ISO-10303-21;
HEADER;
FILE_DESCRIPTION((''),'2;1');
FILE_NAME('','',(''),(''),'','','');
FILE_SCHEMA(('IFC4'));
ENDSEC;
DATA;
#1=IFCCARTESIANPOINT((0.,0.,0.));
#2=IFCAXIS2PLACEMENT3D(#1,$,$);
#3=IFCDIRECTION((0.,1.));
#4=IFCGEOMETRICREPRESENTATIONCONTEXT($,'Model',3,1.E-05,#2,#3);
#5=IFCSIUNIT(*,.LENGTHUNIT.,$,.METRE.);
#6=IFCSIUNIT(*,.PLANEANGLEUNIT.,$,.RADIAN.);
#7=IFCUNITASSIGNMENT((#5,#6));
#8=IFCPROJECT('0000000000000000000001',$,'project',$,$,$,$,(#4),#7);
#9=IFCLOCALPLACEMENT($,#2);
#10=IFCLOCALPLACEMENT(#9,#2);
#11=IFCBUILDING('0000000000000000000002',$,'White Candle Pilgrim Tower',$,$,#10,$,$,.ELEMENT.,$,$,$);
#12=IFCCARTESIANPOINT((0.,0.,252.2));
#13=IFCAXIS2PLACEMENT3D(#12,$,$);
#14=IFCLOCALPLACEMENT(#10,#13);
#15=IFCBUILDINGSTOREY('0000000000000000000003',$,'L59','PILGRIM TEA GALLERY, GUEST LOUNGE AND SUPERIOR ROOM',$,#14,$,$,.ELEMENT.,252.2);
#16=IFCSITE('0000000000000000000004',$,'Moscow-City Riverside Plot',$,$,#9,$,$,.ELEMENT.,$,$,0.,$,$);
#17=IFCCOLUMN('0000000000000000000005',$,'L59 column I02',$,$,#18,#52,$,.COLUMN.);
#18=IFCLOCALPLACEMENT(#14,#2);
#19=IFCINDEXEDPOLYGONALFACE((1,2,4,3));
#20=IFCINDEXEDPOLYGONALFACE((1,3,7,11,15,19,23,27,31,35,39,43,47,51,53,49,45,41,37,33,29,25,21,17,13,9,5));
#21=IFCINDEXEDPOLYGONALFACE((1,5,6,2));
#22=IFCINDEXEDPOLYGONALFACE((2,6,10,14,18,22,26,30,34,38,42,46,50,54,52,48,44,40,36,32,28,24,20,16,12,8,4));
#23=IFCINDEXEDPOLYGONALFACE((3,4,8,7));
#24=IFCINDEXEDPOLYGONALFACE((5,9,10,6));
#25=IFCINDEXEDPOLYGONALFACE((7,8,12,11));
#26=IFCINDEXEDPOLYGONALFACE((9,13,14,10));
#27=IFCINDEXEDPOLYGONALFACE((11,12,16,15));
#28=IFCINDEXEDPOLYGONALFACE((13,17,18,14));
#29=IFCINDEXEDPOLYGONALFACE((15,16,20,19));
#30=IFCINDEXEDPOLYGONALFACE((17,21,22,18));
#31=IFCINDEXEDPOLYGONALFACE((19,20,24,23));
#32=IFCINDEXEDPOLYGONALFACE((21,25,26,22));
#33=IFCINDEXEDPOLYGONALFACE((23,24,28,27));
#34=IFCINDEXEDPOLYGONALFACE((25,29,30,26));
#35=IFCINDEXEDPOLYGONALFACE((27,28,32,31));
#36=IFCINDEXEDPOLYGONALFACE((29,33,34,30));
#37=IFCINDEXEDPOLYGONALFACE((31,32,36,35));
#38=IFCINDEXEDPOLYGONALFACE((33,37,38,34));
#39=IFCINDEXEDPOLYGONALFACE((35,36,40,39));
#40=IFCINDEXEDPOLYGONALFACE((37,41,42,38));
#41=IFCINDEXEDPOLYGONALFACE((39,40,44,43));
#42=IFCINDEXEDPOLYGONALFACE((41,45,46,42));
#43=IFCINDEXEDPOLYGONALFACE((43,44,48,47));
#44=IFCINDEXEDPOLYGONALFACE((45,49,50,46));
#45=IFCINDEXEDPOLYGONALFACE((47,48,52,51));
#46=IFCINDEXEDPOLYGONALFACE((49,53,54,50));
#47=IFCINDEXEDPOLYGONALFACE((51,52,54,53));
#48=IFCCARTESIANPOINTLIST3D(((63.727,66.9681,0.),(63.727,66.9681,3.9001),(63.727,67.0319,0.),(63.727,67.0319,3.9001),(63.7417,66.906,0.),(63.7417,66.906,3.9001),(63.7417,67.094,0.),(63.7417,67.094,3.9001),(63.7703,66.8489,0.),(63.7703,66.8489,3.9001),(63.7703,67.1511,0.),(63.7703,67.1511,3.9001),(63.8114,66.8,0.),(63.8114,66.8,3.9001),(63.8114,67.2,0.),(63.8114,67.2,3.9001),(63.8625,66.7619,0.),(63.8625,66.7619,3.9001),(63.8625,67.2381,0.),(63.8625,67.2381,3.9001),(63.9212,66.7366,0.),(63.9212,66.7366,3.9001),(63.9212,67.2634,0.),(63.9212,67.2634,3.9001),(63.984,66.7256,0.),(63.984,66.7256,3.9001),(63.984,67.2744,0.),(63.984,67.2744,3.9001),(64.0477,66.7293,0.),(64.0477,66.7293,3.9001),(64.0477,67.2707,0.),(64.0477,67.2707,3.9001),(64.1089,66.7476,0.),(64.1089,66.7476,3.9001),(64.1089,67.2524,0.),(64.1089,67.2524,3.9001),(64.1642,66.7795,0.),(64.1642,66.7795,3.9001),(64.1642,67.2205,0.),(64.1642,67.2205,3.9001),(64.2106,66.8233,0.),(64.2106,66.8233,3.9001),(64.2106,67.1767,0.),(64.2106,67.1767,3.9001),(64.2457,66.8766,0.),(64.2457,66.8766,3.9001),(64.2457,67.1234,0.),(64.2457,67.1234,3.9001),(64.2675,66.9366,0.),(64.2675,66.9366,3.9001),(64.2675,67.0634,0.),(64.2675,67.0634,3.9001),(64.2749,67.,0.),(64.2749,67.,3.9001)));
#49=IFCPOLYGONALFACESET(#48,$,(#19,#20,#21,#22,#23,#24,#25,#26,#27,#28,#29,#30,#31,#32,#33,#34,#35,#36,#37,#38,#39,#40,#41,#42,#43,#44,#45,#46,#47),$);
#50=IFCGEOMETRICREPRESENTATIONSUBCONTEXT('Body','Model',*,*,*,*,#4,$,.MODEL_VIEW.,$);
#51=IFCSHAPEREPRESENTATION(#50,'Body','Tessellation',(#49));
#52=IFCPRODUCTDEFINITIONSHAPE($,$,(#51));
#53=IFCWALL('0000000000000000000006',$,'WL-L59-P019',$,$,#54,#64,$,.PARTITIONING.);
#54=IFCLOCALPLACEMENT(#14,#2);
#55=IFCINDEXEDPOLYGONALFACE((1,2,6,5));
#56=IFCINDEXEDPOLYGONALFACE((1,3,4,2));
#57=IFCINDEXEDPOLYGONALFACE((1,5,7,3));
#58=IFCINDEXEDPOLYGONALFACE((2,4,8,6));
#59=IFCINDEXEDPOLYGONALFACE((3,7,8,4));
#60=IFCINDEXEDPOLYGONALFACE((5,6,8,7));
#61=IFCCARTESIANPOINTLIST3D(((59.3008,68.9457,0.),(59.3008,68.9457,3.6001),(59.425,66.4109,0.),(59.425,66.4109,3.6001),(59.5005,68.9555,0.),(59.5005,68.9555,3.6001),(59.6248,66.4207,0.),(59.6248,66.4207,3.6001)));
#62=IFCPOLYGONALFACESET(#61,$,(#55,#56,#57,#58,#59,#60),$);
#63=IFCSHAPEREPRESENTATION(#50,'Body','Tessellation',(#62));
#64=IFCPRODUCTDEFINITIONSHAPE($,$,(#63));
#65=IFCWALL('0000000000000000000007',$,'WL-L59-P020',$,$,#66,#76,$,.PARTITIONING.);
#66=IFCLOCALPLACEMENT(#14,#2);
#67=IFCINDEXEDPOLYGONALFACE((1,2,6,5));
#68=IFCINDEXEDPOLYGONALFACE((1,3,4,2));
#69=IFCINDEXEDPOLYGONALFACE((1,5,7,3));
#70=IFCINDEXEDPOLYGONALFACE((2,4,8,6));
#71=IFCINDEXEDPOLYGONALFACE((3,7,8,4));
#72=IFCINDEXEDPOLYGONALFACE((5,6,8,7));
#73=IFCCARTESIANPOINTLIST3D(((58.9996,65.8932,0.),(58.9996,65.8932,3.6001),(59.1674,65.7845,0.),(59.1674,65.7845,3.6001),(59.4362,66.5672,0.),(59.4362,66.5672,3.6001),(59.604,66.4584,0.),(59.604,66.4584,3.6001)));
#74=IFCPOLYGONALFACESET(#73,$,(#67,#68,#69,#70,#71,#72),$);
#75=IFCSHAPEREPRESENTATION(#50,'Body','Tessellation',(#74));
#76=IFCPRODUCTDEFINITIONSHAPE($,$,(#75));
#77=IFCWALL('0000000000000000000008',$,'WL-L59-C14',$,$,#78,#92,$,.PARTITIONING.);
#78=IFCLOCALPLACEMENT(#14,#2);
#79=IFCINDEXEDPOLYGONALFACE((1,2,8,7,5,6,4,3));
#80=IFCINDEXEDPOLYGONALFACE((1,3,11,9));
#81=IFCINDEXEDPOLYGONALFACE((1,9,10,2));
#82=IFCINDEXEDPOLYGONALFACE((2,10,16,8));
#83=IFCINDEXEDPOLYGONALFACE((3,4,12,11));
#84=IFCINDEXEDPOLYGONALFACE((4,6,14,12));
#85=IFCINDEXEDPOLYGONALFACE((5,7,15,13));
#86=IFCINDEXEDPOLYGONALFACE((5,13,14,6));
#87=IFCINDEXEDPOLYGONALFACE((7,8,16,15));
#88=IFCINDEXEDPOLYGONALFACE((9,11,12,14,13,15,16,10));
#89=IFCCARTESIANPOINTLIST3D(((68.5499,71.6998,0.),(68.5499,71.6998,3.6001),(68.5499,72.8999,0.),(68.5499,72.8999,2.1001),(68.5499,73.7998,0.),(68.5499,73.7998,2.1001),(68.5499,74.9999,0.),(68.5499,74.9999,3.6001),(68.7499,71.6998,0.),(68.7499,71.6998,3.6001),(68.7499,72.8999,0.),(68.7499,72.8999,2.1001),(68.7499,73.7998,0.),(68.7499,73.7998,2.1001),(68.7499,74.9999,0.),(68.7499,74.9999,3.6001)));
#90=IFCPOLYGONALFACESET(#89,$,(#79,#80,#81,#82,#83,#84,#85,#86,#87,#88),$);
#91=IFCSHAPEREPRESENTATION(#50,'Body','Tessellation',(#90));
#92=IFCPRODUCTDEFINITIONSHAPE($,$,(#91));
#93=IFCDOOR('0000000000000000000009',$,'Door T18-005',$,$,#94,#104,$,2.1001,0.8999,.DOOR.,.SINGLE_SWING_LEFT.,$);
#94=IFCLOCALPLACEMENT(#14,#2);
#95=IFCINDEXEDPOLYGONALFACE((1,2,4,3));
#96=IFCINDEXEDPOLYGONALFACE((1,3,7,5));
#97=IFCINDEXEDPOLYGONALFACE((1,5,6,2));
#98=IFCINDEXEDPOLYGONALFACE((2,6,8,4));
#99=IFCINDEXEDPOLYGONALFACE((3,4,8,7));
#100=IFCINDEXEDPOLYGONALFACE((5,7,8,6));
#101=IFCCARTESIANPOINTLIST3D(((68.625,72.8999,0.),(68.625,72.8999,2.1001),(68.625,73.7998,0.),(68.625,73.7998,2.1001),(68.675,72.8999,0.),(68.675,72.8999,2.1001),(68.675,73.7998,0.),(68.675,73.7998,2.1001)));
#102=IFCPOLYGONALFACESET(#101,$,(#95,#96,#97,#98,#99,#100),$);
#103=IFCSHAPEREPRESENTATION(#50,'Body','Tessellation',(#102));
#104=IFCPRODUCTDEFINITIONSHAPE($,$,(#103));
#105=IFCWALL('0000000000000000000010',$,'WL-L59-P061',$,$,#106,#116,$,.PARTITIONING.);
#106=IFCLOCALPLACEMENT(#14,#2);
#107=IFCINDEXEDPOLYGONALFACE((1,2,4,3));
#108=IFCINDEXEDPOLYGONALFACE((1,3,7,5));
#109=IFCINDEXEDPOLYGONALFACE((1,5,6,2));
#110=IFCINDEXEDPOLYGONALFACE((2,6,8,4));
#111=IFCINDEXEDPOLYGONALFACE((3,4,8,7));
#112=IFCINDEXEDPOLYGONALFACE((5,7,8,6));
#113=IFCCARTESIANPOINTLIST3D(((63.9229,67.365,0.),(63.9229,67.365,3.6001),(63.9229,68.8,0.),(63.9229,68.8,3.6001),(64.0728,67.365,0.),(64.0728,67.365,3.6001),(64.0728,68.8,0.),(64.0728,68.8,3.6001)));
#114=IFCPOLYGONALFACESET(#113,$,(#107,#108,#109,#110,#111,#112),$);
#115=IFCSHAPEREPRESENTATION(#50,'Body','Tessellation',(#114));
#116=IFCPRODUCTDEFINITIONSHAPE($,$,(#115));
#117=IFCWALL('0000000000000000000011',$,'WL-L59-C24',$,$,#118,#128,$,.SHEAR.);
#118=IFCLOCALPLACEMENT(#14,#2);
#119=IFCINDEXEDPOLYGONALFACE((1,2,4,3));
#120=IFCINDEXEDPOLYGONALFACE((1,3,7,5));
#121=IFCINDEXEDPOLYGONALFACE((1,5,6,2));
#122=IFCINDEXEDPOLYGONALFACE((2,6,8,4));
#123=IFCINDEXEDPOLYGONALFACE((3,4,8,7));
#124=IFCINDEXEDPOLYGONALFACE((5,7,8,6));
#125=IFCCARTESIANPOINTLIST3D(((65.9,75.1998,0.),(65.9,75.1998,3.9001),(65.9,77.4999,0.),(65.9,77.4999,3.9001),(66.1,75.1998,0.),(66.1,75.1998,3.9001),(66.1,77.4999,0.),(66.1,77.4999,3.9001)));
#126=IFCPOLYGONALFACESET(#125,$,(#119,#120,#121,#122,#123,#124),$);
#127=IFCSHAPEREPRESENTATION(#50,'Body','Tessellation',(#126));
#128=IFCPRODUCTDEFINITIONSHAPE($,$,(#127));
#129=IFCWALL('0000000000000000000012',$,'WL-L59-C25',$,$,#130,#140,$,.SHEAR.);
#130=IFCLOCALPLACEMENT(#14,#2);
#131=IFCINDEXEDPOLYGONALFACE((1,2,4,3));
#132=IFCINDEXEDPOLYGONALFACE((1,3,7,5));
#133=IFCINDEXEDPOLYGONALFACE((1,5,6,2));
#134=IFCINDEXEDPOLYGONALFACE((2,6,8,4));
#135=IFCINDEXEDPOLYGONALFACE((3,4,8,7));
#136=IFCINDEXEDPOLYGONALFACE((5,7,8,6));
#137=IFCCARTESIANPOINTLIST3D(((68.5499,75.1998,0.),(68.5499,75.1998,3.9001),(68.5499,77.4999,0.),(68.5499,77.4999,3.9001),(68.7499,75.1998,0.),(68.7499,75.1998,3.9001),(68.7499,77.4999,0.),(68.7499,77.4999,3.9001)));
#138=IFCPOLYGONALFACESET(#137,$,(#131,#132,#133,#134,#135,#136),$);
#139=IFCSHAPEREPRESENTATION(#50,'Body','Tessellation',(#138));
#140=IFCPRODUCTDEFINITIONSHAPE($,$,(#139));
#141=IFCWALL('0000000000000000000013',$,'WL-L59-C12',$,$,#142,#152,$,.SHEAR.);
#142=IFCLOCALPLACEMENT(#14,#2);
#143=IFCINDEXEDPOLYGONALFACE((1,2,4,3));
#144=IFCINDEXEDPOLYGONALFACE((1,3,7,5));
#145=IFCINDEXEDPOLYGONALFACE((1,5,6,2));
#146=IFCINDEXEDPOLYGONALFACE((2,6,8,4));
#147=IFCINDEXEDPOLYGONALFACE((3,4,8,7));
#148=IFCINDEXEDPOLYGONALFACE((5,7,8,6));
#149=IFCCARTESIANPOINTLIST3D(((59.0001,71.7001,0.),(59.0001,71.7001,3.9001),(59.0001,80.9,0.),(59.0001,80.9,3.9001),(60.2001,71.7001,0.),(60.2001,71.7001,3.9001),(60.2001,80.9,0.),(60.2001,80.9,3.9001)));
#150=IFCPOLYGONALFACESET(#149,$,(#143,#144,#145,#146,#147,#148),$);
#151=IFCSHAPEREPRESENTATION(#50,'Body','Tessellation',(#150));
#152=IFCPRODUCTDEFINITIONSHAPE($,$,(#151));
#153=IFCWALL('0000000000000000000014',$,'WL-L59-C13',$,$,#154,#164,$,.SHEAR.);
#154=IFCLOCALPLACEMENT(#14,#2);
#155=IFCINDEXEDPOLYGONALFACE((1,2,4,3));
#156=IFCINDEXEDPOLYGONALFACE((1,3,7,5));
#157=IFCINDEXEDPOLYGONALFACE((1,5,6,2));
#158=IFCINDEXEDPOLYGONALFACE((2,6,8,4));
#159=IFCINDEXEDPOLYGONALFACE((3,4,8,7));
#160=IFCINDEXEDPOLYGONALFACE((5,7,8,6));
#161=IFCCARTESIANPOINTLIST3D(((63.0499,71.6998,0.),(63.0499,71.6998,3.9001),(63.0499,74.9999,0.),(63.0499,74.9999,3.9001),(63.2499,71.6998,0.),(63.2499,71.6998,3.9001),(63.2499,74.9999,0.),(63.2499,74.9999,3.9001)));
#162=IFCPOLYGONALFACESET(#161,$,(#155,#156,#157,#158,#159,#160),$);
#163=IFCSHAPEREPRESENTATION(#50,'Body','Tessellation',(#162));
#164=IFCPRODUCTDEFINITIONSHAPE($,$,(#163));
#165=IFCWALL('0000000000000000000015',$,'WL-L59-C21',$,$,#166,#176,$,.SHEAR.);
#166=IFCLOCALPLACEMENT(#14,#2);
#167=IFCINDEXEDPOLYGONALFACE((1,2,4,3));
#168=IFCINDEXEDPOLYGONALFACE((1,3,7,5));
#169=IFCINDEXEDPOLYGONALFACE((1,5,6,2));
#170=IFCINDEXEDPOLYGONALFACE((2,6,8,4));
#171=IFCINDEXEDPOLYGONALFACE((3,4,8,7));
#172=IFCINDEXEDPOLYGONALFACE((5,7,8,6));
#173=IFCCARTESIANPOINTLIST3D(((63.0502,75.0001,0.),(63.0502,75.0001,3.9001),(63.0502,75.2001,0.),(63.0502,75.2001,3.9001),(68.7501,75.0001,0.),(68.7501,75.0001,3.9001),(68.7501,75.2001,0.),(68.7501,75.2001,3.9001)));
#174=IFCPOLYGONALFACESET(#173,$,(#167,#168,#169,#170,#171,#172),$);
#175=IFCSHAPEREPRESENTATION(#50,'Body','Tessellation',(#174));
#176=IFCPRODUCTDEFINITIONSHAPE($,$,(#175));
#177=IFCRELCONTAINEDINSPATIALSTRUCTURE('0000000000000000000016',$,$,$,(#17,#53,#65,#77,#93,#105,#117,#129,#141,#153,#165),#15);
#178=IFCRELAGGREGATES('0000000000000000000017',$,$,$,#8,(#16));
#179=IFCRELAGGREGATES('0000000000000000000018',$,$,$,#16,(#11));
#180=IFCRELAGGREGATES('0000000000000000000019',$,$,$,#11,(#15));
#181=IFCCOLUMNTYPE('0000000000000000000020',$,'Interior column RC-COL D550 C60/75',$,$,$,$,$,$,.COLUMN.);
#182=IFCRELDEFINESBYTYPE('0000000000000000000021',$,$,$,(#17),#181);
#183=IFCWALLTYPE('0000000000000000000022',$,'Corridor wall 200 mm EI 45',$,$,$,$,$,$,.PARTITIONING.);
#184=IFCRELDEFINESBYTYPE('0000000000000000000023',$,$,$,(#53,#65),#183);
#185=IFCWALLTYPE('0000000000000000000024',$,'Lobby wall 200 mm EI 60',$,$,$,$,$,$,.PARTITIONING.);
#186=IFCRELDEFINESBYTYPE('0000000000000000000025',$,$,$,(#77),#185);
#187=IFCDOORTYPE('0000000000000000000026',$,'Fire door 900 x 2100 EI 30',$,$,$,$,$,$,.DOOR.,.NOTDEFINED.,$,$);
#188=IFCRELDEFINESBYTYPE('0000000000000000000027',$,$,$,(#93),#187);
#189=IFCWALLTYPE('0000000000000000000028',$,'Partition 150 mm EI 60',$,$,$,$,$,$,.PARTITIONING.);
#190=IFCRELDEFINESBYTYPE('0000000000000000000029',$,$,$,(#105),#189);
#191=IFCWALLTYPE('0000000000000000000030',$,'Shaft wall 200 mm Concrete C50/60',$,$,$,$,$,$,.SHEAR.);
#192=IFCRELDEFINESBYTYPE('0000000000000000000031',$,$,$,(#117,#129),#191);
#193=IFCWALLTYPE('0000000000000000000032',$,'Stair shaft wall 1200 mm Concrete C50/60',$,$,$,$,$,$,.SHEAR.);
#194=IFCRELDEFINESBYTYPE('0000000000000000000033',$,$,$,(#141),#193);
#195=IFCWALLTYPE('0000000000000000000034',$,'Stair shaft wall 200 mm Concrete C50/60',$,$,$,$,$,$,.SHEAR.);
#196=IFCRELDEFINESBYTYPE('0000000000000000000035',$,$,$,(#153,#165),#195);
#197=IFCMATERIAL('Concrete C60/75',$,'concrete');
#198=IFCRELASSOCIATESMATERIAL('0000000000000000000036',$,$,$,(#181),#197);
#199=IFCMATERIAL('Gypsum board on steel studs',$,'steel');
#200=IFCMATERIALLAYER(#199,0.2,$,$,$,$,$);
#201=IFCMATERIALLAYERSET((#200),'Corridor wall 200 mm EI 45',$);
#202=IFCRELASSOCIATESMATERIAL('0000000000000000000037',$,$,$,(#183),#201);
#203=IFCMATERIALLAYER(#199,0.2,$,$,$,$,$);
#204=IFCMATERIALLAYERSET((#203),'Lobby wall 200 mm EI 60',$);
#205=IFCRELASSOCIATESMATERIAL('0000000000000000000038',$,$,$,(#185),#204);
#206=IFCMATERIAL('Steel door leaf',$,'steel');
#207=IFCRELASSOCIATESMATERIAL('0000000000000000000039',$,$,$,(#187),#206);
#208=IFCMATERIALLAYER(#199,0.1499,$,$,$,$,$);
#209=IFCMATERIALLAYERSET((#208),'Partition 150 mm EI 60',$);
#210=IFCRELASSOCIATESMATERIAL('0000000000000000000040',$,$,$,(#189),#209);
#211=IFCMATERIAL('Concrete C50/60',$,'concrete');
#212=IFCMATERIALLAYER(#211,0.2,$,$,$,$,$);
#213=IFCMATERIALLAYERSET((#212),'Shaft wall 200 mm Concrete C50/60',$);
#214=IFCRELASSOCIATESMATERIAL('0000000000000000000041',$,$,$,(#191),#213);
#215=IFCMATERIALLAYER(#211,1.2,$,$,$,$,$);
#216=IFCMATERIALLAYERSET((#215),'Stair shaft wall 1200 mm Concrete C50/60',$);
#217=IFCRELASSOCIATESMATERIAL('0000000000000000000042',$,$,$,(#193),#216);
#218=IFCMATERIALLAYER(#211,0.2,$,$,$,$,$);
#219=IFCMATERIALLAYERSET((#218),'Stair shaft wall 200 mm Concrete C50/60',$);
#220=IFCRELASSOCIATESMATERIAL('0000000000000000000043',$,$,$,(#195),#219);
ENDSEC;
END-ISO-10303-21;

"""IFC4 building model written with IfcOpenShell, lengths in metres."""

from ifc_helpers import new_model, si_unit, direction, frame, frame_2d, origin, origin_2d, place, context, subcontext, project, spatial, rectangle, circle, extrude, material, layer, layer_set, material_profile, profile_set, type_object, element, fill, save


model = new_model("IFC4")

# Units and contexts
model_context = context("Model", 3, precision=1e-05, world=origin(), true_north=direction((0.0, 1.0)))
body_context = subcontext(model_context, "Body", "Model", "MODEL_VIEW")
ifc_project = project(units=[si_unit("LENGTHUNIT", "METRE"), si_unit("PLANEANGLEUNIT", "RADIAN")], contexts=[model_context])

# Site, building, storey
site_placement = place(None, origin())
site = spatial("IfcSite", under=ifc_project, at=site_placement, Name="Moscow-City Riverside Plot", CompositionType="ELEMENT", RefElevation=0.0)
building_placement = place(site_placement, origin())
building = spatial("IfcBuilding", under=site, at=building_placement, Name="White Candle Pilgrim Tower", CompositionType="ELEMENT")
storey_placement = place(building_placement, frame((0.0, 0.0, 252.2)))
storey = spatial("IfcBuildingStorey", under=building, at=storey_placement, Name="L59", Description="PILGRIM TEA GALLERY, GUEST LOUNGE AND SUPERIOR ROOM", CompositionType="ELEMENT", Elevation=252.2)

# Column
ifc_material_1 = material(Name="Concrete C60/75", Category="concrete")
ifc_material_profile = material_profile(ifc_material_1, circle(Radius=0.2749, at=origin_2d()), Name="RC-COL D550")
ifc_profile_set = profile_set([ifc_material_profile], Name="Concrete C60/75")
column_type = type_object("IfcColumnType", Name="Interior column RC-COL D550 C60/75", PredefinedType="COLUMN", material=ifc_profile_set)
column_placement = place(storey_placement, frame((64.0, 67.0, 0.0), z_axis=(0.0, 0.0, 1.0), x_axis=(1.0, 0.0, 0.0)))
element("IfcColumn", 1, at=column_placement, inside=storey, type_object=column_type, Name="L59 column I02", PredefinedType="COLUMN", context=body_context, shape_type="SweptSolid", body=[
    extrude(circle(Radius=0.2749, at=origin_2d()), origin(), (0.0, 0.0, 1.0), 3.9001),
])

# Walls
ifc_material_2 = material(Name="Gypsum board on steel studs", Category="steel")
ifc_layer_1 = layer(ifc_material_2, 0.2)
ifc_layer_set_1 = layer_set([ifc_layer_1], Name="Corridor wall 200 mm EI 45")
wall_type_1 = type_object("IfcWallType", Name="Corridor wall 200 mm EI 45", PredefinedType="PARTITIONING", material=ifc_layer_set_1)
wall_1_placement = place(storey_placement, frame((59.4006, 68.9507, 0.0), z_axis=(0.0, 0.0, 1.0), x_axis=(0.048964, -0.998801, 0.0)))
element("IfcWall", 2, at=wall_1_placement, inside=storey, type_object=wall_type_1, Name="WL-L59-P019", PredefinedType="PARTITIONING", context=body_context, shape_type="SweptSolid", body=[
    extrude(rectangle(XDim=2.5378, YDim=0.2, at=frame_2d((1.269, 0.0))), origin(), (0.0, 0.0, 1.0), 3.6001),
])
wall_2_placement = place(storey_placement, frame((59.52, 66.5127, 0.0), z_axis=(0.0, 0.0, 1.0), x_axis=(-0.543705, -0.839276, 0.0)))
element("IfcWall", 3, at=wall_2_placement, inside=storey, type_object=wall_type_1, Name="WL-L59-P020", PredefinedType="PARTITIONING", context=body_context, shape_type="SweptSolid", body=[
    extrude(rectangle(XDim=0.803, YDim=0.2, at=frame_2d((0.4014, 0.0))), origin(), (0.0, 0.0, 1.0), 3.6001),
])

# Wall, opening, door
ifc_layer_2 = layer(ifc_material_2, 0.2)
ifc_layer_set_2 = layer_set([ifc_layer_2], Name="Lobby wall 200 mm EI 60")
wall_type_2 = type_object("IfcWallType", Name="Lobby wall 200 mm EI 60", PredefinedType="PARTITIONING", material=ifc_layer_set_2)
wall_3_placement = place(storey_placement, frame((68.6499, 71.7, 0.0), z_axis=(0.0, 0.0, 1.0), x_axis=(0.0, 1.0, 0.0)))
wall_3 = element("IfcWall", 4, at=wall_3_placement, inside=storey, type_object=wall_type_2, Name="WL-L59-C14", PredefinedType="PARTITIONING", context=body_context, shape_type="SweptSolid", body=[
    extrude(rectangle(XDim=3.3, YDim=0.2, at=frame_2d((1.6499, 0.0))), origin(), (0.0, 0.0, 1.0), 3.6001),
])
opening_placement = place(wall_3_placement, frame((1.2, 0.0, 0.0)))
opening = element("IfcOpeningElement", 5, at=opening_placement, cuts=wall_3, PredefinedType="OPENING", context=body_context, shape_type="SweptSolid", body=[
    extrude(rectangle(XDim=0.8999, YDim=2.1001, at=frame_2d((0.45, 1.05))), frame((0.0, 0.1099, 0.0), z_axis=(0.0, -1.0, 0.0), x_axis=(1.0, 0.0, 0.0)), (0.0, 0.0, 1.0), 0.22),
])
ifc_material_3 = material(Name="Steel door leaf", Category="steel")
door_type = type_object("IfcDoorType", Name="Fire door 900 x 2100 EI 30", OperationType="NOTDEFINED", PredefinedType="DOOR", material=ifc_material_3)
door_placement = place(opening_placement, origin())
door = element("IfcDoor", 6, at=door_placement, inside=storey, type_object=door_type, Name="Door T18-005", OperationType="SINGLE_SWING_LEFT", OverallHeight=2.1001, OverallWidth=0.8999, PredefinedType="DOOR", context=body_context, shape_type="SweptSolid", body=[
    extrude(rectangle(XDim=0.8999, YDim=2.1001, at=frame_2d((0.45, 1.05))), frame((0.0, 0.0249, 0.0), z_axis=(0.0, -1.0, 0.0), x_axis=(1.0, 0.0, 0.0)), (0.0, 0.0, 1.0), 0.05),
])
fill(opening, door)

# Walls
ifc_layer_3 = layer(ifc_material_2, 0.1499)
ifc_layer_set_3 = layer_set([ifc_layer_3], Name="Partition 150 mm EI 60")
wall_type_3 = type_object("IfcWallType", Name="Partition 150 mm EI 60", PredefinedType="PARTITIONING", material=ifc_layer_set_3)
wall_4_placement = place(storey_placement, frame((63.9978, 67.365, 0.0), z_axis=(0.0, 0.0, 1.0), x_axis=(0.0, 1.0, 0.0)))
element("IfcWall", 7, at=wall_4_placement, inside=storey, type_object=wall_type_3, Name="WL-L59-P061", PredefinedType="PARTITIONING", context=body_context, shape_type="SweptSolid", body=[
    extrude(rectangle(XDim=1.4351, YDim=0.1499, at=frame_2d((0.7175, 0.0))), origin(), (0.0, 0.0, 1.0), 3.6001),
])
ifc_material_4 = material(Name="Concrete C50/60", Category="concrete")
ifc_layer_4 = layer(ifc_material_4, 0.2)
ifc_layer_set_4 = layer_set([ifc_layer_4], Name="Shaft wall 200 mm Concrete C50/60")
wall_type_4 = type_object("IfcWallType", Name="Shaft wall 200 mm Concrete C50/60", PredefinedType="SHEAR", material=ifc_layer_set_4)
for number, where, z_axis, x_axis, name in (
    (8, (66.0, 75.2, 0.0), (0.0, 0.0, 1.0), (0.0, 1.0, 0.0), "WL-L59-C24"),
    (9, (68.6499, 75.2, 0.0), (0.0, 0.0, 1.0), (0.0, 1.0, 0.0), "WL-L59-C25"),
):
    element("IfcWall", number, at=place(storey_placement, frame(where, z_axis=z_axis, x_axis=x_axis)), inside=storey, type_object=wall_type_4, Name=name, PredefinedType="SHEAR", context=body_context, shape_type="SweptSolid", body=[
        extrude(rectangle(XDim=2.3, YDim=0.2, at=frame_2d((1.1499, 0.0))), origin(), (0.0, 0.0, 1.0), 3.9001),
    ])
ifc_layer_5 = layer(ifc_material_4, 1.2)
ifc_layer_set_5 = layer_set([ifc_layer_5], Name="Stair shaft wall 1200 mm Concrete C50/60")
wall_type_5 = type_object("IfcWallType", Name="Stair shaft wall 1200 mm Concrete C50/60", PredefinedType="SHEAR", material=ifc_layer_set_5)
wall_5_placement = place(storey_placement, frame((59.6001, 71.7, 0.0), z_axis=(0.0, 0.0, 1.0), x_axis=(0.0, 1.0, 0.0)))
element("IfcWall", 10, at=wall_5_placement, inside=storey, type_object=wall_type_5, Name="WL-L59-C12", PredefinedType="SHEAR", context=body_context, shape_type="SweptSolid", body=[
    extrude(rectangle(XDim=9.2, YDim=1.2, at=frame_2d((4.6001, 0.0))), origin(), (0.0, 0.0, 1.0), 3.9001),
])
ifc_layer_6 = layer(ifc_material_4, 0.2)
ifc_layer_set_6 = layer_set([ifc_layer_6], Name="Stair shaft wall 200 mm Concrete C50/60")
wall_type_6 = type_object("IfcWallType", Name="Stair shaft wall 200 mm Concrete C50/60", PredefinedType="SHEAR", material=ifc_layer_set_6)
wall_6_placement = place(storey_placement, frame((63.1499, 71.7, 0.0), z_axis=(0.0, 0.0, 1.0), x_axis=(0.0, 1.0, 0.0)))
element("IfcWall", 11, at=wall_6_placement, inside=storey, type_object=wall_type_6, Name="WL-L59-C13", PredefinedType="SHEAR", context=body_context, shape_type="SweptSolid", body=[
    extrude(rectangle(XDim=3.3, YDim=0.2, at=frame_2d((1.6499, 0.0))), origin(), (0.0, 0.0, 1.0), 3.9001),
])
wall_7_placement = place(storey_placement, frame((63.05, 75.1001, 0.0), z_axis=(0.0, 0.0, 1.0), x_axis=(1.0, 0.0, 0.0)))
element("IfcWall", 12, at=wall_7_placement, inside=storey, type_object=wall_type_6, Name="WL-L59-C21", PredefinedType="SHEAR", context=body_context, shape_type="SweptSolid", body=[
    extrude(rectangle(XDim=5.7, YDim=0.2, at=frame_2d((2.8501, 0.0))), origin(), (0.0, 0.0, 1.0), 3.9001),
])

save(model, "model.ifc")
